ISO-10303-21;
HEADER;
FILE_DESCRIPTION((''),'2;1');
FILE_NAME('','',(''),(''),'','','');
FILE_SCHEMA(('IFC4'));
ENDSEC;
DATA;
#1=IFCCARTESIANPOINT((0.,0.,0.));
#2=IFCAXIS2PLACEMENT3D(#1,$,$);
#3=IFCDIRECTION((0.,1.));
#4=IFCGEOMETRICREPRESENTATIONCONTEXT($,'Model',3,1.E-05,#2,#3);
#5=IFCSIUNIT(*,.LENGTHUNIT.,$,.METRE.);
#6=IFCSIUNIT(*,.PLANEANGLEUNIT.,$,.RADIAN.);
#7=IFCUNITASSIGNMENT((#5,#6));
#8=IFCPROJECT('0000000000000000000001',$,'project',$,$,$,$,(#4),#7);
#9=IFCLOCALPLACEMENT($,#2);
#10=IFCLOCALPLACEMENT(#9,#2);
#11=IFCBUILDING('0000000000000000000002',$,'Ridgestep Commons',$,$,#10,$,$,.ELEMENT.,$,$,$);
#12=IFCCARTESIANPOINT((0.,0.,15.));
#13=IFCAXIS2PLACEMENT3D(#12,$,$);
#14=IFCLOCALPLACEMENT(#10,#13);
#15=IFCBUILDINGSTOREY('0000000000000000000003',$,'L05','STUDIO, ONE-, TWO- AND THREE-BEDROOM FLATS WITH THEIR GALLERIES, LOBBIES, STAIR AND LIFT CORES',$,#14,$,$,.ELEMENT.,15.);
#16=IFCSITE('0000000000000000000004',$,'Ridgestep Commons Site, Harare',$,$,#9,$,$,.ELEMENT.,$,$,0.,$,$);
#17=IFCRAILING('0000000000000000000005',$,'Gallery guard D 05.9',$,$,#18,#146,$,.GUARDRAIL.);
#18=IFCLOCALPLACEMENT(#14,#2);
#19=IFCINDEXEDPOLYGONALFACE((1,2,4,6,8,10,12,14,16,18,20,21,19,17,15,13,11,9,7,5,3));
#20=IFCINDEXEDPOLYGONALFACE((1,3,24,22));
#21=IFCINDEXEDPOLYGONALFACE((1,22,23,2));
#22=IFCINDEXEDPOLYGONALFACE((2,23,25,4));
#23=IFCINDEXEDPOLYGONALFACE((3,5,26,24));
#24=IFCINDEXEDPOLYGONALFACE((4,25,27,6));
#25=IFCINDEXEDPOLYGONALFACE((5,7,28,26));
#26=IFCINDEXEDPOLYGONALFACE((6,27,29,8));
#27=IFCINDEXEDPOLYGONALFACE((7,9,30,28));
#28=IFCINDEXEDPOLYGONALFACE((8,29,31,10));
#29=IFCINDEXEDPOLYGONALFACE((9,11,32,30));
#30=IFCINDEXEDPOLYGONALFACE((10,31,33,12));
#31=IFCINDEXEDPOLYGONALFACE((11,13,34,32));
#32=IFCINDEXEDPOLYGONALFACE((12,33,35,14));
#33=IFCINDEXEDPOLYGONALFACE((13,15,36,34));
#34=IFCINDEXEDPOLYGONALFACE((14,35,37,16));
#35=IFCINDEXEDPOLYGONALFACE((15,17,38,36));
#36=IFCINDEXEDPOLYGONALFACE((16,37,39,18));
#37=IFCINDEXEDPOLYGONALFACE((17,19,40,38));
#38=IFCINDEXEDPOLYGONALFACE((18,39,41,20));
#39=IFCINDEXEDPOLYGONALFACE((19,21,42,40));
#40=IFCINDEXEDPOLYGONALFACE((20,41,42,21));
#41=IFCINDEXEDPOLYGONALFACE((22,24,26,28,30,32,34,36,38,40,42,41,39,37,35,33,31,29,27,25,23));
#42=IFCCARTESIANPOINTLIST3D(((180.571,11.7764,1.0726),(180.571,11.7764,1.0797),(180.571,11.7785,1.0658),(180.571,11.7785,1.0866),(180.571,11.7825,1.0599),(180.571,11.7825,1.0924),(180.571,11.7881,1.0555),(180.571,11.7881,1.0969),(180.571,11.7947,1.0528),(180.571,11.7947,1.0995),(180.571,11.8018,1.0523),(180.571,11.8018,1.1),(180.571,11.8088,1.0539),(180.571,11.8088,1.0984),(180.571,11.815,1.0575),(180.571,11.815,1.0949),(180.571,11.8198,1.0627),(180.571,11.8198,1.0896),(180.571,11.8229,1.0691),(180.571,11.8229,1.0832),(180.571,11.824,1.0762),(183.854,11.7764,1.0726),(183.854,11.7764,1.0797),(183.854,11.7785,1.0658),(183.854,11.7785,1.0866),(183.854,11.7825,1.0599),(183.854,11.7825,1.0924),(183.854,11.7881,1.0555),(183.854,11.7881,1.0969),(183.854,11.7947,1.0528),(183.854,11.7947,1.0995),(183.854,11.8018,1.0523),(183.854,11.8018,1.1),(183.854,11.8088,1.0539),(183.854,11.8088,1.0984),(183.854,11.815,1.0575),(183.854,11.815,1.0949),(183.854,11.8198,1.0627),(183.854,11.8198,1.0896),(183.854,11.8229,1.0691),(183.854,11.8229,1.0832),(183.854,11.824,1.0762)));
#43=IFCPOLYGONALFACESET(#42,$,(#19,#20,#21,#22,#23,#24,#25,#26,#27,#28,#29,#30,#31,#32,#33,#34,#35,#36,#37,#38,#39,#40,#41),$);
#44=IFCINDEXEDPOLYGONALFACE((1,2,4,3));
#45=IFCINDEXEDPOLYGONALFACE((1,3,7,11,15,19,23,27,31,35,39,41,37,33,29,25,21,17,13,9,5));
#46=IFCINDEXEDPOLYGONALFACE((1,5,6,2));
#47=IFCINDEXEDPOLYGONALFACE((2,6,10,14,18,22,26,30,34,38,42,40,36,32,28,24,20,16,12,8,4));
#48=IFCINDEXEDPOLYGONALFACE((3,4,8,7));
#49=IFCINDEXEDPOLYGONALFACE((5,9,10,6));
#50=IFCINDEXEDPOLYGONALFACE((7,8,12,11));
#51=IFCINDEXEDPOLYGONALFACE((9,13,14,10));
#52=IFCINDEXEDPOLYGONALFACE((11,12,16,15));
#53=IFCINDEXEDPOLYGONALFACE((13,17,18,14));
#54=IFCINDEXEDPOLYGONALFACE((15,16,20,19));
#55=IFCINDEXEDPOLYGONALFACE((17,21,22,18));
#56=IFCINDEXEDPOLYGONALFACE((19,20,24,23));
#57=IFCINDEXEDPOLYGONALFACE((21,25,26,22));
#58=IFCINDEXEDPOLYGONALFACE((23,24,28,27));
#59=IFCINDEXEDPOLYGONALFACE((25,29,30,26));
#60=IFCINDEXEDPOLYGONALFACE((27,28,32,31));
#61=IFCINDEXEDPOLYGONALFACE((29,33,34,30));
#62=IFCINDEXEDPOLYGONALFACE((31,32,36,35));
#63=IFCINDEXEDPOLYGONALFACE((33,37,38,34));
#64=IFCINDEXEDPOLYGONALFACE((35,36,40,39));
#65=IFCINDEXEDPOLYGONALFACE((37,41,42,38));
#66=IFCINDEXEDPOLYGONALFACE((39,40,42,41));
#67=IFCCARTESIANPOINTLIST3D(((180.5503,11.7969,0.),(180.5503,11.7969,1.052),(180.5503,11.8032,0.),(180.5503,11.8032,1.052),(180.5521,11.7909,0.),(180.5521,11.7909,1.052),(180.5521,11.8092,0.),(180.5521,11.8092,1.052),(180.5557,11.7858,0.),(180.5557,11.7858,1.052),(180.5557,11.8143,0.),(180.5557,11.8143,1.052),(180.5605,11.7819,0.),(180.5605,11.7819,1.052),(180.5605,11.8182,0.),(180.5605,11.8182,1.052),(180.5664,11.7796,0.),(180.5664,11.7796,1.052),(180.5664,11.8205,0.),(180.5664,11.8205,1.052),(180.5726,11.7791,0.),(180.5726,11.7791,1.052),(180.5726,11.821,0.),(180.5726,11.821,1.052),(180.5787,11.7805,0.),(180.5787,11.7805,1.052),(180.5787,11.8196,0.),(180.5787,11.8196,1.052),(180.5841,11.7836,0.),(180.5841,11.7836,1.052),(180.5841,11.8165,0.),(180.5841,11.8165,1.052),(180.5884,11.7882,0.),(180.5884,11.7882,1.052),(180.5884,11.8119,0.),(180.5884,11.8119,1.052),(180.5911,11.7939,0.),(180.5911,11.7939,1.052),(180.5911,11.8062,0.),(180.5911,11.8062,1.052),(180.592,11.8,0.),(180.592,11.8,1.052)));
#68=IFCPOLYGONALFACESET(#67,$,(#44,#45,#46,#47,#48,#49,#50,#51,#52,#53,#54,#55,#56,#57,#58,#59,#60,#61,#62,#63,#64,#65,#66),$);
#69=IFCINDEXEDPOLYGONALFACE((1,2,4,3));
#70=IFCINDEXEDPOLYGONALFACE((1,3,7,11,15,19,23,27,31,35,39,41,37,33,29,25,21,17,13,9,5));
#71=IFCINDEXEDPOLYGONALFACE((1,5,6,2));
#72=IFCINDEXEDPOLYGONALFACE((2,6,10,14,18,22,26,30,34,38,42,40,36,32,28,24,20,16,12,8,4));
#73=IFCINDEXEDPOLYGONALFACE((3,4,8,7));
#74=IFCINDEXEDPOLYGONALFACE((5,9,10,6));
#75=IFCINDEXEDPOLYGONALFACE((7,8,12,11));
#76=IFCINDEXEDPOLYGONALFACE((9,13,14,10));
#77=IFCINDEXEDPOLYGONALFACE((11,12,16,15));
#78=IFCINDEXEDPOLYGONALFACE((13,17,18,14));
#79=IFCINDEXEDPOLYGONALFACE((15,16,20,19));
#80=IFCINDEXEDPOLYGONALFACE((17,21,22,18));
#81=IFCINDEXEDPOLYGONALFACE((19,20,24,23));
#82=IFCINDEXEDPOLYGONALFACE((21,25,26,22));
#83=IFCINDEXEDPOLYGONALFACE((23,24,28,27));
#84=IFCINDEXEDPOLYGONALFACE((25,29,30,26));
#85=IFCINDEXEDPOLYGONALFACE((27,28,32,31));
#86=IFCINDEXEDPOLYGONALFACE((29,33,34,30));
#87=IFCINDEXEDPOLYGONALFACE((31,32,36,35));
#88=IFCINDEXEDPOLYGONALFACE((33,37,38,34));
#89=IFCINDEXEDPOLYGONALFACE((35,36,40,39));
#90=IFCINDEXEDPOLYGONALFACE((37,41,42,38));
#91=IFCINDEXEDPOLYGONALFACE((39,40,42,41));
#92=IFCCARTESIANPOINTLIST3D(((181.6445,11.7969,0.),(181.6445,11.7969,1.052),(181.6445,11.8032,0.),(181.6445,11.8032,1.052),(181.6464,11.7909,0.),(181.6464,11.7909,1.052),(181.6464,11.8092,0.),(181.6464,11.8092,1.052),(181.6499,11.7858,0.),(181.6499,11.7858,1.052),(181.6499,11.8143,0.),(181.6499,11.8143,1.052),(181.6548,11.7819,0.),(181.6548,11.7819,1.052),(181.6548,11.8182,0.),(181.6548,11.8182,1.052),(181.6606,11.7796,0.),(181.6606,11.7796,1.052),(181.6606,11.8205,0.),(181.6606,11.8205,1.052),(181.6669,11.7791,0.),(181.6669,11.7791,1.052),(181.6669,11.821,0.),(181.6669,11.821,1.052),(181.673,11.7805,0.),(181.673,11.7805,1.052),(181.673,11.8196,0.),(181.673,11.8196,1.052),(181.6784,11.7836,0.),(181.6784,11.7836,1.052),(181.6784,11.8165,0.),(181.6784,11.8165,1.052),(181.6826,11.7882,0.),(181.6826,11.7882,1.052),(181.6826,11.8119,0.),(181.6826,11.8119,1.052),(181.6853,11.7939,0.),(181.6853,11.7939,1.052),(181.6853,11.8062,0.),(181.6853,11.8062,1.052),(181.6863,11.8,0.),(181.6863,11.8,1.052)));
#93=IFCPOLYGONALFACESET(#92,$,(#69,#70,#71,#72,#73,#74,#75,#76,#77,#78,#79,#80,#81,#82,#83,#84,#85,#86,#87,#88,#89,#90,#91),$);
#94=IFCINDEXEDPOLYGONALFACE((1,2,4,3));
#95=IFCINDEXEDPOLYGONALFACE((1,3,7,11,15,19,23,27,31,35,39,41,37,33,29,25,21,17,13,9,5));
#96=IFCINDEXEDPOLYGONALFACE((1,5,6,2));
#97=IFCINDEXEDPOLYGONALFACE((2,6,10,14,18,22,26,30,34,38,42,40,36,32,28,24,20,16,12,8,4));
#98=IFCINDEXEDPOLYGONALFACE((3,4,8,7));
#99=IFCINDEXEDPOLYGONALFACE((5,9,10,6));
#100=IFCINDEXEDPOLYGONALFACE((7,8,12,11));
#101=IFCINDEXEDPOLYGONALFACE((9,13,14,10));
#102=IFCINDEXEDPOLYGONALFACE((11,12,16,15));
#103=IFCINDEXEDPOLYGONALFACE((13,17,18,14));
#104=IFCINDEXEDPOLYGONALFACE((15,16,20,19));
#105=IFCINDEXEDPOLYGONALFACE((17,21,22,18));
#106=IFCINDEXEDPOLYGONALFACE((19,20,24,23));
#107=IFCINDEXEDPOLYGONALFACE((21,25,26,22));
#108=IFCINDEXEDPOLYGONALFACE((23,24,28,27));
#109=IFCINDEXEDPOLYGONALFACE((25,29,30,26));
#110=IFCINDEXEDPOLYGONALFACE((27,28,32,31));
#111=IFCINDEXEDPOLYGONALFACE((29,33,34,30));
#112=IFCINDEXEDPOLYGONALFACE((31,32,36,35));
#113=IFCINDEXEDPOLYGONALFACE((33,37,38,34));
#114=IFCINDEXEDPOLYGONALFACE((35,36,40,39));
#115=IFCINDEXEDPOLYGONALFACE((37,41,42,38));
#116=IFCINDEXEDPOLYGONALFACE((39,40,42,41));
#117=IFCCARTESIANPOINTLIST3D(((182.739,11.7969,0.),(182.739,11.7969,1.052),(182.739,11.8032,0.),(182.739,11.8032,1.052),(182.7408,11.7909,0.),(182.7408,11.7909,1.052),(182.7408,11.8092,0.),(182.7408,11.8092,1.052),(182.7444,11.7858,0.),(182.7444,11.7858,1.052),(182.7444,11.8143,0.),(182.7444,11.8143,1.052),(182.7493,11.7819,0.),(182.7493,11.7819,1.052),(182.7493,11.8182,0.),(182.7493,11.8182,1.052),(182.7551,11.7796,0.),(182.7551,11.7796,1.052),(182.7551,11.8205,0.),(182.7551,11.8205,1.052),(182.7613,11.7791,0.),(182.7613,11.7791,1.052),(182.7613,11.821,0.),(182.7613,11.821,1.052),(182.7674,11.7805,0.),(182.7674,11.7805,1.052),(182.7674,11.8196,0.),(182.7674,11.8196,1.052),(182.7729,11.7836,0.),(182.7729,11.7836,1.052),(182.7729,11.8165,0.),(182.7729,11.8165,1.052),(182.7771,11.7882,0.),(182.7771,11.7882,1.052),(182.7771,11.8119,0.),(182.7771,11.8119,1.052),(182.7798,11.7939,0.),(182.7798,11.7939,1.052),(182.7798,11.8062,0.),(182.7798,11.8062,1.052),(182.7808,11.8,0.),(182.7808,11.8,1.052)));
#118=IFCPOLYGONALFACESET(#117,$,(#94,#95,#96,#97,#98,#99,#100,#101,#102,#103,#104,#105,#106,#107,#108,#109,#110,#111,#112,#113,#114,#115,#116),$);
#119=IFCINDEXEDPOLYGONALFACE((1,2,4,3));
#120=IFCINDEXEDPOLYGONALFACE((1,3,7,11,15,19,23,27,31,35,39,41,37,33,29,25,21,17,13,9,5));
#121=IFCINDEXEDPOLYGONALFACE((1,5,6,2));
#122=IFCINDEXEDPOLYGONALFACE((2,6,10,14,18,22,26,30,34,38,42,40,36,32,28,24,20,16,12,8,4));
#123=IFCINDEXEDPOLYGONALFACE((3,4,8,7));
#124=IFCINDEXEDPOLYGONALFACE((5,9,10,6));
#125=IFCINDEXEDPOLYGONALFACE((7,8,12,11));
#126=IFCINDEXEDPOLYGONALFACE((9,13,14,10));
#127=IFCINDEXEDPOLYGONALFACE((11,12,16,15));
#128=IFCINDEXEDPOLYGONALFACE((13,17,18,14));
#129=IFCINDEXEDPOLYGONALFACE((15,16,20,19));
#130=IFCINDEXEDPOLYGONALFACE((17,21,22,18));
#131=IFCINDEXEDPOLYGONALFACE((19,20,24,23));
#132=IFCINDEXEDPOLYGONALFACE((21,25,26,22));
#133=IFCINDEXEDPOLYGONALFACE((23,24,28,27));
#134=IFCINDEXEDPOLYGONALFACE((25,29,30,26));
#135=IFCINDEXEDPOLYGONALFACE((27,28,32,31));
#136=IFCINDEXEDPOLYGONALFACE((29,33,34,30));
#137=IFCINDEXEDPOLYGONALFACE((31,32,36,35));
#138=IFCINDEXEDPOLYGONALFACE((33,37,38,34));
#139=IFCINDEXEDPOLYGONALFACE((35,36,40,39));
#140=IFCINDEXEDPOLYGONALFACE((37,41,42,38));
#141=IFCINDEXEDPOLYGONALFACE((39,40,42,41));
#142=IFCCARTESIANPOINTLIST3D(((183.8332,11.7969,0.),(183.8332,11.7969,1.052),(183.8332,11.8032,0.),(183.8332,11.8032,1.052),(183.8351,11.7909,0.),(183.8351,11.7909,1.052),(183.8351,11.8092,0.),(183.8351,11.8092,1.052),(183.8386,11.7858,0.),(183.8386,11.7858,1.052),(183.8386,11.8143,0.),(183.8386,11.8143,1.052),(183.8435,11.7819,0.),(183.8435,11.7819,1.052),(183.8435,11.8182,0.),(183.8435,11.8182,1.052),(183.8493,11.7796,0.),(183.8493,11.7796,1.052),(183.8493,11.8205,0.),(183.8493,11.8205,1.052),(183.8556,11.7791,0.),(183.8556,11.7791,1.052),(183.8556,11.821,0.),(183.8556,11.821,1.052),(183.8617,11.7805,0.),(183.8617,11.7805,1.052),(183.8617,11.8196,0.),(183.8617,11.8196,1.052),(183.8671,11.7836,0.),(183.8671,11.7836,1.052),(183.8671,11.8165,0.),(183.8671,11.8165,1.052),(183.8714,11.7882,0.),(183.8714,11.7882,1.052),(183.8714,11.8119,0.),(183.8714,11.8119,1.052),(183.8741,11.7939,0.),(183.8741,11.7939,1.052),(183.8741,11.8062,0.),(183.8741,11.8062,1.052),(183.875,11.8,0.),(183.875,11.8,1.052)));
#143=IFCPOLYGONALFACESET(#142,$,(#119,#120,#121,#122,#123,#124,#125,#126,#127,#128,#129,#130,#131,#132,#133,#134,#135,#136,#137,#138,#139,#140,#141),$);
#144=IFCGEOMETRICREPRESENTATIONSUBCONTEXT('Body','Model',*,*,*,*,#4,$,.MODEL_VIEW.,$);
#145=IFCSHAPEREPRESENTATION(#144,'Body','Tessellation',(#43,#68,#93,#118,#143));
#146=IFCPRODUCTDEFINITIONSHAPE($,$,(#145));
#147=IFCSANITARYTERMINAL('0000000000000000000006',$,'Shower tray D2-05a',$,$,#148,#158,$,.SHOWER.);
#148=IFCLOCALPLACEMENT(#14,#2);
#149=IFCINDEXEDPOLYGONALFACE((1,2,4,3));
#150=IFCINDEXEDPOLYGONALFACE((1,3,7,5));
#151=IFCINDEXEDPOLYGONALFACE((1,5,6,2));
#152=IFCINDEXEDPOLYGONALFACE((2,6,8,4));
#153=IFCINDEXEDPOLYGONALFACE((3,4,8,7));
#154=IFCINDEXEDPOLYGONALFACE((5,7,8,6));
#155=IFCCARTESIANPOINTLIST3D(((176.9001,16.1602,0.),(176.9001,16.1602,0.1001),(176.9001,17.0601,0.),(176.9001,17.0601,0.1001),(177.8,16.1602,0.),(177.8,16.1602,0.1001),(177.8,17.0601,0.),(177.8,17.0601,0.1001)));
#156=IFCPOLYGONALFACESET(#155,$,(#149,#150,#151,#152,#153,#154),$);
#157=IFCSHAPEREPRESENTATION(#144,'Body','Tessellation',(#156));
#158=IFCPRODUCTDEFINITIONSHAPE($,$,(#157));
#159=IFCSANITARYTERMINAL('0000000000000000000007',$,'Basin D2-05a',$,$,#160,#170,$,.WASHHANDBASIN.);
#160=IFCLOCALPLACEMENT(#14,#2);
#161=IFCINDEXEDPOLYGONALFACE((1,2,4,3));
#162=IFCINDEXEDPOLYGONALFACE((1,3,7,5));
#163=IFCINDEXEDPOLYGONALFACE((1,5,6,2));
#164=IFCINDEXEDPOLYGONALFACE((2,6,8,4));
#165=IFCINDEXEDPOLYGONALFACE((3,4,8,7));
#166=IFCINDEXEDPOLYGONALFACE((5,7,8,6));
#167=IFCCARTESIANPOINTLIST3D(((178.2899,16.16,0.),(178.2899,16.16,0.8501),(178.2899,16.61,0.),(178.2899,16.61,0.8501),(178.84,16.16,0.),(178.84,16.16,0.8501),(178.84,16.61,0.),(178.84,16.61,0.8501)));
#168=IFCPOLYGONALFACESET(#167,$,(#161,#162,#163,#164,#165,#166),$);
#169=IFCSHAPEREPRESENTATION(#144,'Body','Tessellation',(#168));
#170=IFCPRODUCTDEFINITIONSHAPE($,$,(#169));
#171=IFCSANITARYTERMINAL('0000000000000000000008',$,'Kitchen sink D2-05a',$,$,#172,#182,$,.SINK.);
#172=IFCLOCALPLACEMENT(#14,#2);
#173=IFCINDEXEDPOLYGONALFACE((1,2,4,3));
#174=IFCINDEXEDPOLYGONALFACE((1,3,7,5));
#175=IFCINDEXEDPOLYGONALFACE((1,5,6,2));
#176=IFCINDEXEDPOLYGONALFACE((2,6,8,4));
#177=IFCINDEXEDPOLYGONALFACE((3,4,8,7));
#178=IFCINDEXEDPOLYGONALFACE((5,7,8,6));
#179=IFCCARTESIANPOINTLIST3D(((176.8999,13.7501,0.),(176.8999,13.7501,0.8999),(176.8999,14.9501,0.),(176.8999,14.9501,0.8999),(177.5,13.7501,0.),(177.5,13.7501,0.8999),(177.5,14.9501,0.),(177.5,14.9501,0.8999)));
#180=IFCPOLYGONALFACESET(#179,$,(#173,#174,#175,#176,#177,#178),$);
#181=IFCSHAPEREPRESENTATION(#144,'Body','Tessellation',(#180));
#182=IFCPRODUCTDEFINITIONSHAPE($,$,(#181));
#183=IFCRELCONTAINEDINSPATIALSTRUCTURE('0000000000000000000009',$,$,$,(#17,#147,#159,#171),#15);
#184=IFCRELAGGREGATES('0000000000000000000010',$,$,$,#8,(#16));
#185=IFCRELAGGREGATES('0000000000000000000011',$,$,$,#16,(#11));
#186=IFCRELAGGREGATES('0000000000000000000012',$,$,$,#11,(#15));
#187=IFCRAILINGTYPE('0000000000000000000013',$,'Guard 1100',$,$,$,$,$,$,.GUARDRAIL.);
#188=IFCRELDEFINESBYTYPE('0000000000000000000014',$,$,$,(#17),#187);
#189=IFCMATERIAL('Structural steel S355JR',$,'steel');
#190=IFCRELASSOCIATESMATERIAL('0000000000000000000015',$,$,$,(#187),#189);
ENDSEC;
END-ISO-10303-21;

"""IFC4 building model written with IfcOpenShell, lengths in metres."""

from ifc_helpers import new_model, si_unit, direction, frame, origin, origin_2d, place, context, subcontext, project, spatial, rectangle, circle, extrude, material, type_object, element, save


model = new_model("IFC4")

# Units and contexts
model_context = context("Model", 3, precision=1e-05, world=origin(), true_north=direction((0.0, 1.0)))
body_context = subcontext(model_context, "Body", "Model", "MODEL_VIEW")
ifc_project = project(units=[si_unit("LENGTHUNIT", "METRE"), si_unit("PLANEANGLEUNIT", "RADIAN")], contexts=[model_context])

# Site, building, storey
site_placement = place(None, origin())
site = spatial("IfcSite", under=ifc_project, at=site_placement, Name="Ridgestep Commons Site, Harare", CompositionType="ELEMENT", RefElevation=0.0)
building_placement = place(site_placement, origin())
building = spatial("IfcBuilding", under=site, at=building_placement, Name="Ridgestep Commons", CompositionType="ELEMENT")
storey_placement = place(building_placement, frame((0.0, 0.0, 15.0)))
storey = spatial("IfcBuildingStorey", under=building, at=storey_placement, Name="L05", Description="STUDIO, ONE-, TWO- AND THREE-BEDROOM FLATS WITH THEIR GALLERIES, LOBBIES, STAIR AND LIFT CORES", CompositionType="ELEMENT", Elevation=15.0)

# Railing
ifc_material_1 = material(Name="Structural steel S355JR", Category="steel")
railing_type = type_object("IfcRailingType", Name="Guard 1100", PredefinedType="GUARDRAIL", material=ifc_material_1)
for number, where, name in (
    (1, (180.571, 11.8, 0.0), "Gallery guard D 05.9"),
):
    element("IfcRailing", number, at=place(storey_placement, frame(where)), inside=storey, type_object=railing_type, Name=name, PredefinedType="GUARDRAIL", context=body_context, shape_type="SweptSolid", body=[
        extrude(circle(Radius=0.0239, at=origin_2d()), frame((0.0, 0.0, 1.0762), z_axis=(1.0, 0.0, 0.0), x_axis=(0.0, 1.0, 0.0)), (0.0, 0.0, 1.0), 3.283),
        extrude(circle(Radius=0.021, at=origin_2d()), origin(), (0.0, 0.0, 1.0), 1.052),
        extrude(circle(Radius=0.021, at=origin_2d()), frame((1.0942, 0.0, 0.0)), (0.0, 0.0, 1.0), 1.052),
        extrude(circle(Radius=0.021, at=origin_2d()), frame((2.1887, 0.0, 0.0)), (0.0, 0.0, 1.0), 1.052),
        extrude(circle(Radius=0.021, at=origin_2d()), frame((3.283, 0.0, 0.0)), (0.0, 0.0, 1.0), 1.052),
    ])

# Sanitary terminals
sanitary_terminal_1_placement = place(storey_placement, frame((177.3501, 16.6101, 0.0), z_axis=(0.0, 0.0, 1.0), x_axis=(1.0, 0.0, 0.0)))
element("IfcSanitaryTerminal", 2, at=sanitary_terminal_1_placement, inside=storey, Name="Shower tray D2-05a", PredefinedType="SHOWER", context=body_context, shape_type="SweptSolid", body=[
    extrude(rectangle(XDim=0.8999, YDim=0.8999, at=origin_2d()), origin(), (0.0, 0.0, 1.0), 0.1001),
])
sanitary_terminal_2_placement = place(storey_placement, frame((178.5649, 16.385, 0.0), z_axis=(0.0, 0.0, 1.0), x_axis=(1.0, 0.0, 0.0)))
element("IfcSanitaryTerminal", 3, at=sanitary_terminal_2_placement, inside=storey, Name="Basin D2-05a", PredefinedType="WASHHANDBASIN", context=body_context, shape_type="SweptSolid", body=[
    extrude(rectangle(XDim=0.55, YDim=0.45, at=origin_2d()), origin(), (0.0, 0.0, 1.0), 0.8501),
])
sanitary_terminal_3_placement = place(storey_placement, frame((177.2, 14.3501, 0.0), z_axis=(0.0, 0.0, 1.0), x_axis=(1.0, 0.0, 0.0)))
element("IfcSanitaryTerminal", 4, at=sanitary_terminal_3_placement, inside=storey, Name="Kitchen sink D2-05a", PredefinedType="SINK", context=body_context, shape_type="SweptSolid", body=[
    extrude(rectangle(XDim=0.6001, YDim=1.2, at=origin_2d()), origin(), (0.0, 0.0, 1.0), 0.8999),
])

save(model, "model.ifc")
